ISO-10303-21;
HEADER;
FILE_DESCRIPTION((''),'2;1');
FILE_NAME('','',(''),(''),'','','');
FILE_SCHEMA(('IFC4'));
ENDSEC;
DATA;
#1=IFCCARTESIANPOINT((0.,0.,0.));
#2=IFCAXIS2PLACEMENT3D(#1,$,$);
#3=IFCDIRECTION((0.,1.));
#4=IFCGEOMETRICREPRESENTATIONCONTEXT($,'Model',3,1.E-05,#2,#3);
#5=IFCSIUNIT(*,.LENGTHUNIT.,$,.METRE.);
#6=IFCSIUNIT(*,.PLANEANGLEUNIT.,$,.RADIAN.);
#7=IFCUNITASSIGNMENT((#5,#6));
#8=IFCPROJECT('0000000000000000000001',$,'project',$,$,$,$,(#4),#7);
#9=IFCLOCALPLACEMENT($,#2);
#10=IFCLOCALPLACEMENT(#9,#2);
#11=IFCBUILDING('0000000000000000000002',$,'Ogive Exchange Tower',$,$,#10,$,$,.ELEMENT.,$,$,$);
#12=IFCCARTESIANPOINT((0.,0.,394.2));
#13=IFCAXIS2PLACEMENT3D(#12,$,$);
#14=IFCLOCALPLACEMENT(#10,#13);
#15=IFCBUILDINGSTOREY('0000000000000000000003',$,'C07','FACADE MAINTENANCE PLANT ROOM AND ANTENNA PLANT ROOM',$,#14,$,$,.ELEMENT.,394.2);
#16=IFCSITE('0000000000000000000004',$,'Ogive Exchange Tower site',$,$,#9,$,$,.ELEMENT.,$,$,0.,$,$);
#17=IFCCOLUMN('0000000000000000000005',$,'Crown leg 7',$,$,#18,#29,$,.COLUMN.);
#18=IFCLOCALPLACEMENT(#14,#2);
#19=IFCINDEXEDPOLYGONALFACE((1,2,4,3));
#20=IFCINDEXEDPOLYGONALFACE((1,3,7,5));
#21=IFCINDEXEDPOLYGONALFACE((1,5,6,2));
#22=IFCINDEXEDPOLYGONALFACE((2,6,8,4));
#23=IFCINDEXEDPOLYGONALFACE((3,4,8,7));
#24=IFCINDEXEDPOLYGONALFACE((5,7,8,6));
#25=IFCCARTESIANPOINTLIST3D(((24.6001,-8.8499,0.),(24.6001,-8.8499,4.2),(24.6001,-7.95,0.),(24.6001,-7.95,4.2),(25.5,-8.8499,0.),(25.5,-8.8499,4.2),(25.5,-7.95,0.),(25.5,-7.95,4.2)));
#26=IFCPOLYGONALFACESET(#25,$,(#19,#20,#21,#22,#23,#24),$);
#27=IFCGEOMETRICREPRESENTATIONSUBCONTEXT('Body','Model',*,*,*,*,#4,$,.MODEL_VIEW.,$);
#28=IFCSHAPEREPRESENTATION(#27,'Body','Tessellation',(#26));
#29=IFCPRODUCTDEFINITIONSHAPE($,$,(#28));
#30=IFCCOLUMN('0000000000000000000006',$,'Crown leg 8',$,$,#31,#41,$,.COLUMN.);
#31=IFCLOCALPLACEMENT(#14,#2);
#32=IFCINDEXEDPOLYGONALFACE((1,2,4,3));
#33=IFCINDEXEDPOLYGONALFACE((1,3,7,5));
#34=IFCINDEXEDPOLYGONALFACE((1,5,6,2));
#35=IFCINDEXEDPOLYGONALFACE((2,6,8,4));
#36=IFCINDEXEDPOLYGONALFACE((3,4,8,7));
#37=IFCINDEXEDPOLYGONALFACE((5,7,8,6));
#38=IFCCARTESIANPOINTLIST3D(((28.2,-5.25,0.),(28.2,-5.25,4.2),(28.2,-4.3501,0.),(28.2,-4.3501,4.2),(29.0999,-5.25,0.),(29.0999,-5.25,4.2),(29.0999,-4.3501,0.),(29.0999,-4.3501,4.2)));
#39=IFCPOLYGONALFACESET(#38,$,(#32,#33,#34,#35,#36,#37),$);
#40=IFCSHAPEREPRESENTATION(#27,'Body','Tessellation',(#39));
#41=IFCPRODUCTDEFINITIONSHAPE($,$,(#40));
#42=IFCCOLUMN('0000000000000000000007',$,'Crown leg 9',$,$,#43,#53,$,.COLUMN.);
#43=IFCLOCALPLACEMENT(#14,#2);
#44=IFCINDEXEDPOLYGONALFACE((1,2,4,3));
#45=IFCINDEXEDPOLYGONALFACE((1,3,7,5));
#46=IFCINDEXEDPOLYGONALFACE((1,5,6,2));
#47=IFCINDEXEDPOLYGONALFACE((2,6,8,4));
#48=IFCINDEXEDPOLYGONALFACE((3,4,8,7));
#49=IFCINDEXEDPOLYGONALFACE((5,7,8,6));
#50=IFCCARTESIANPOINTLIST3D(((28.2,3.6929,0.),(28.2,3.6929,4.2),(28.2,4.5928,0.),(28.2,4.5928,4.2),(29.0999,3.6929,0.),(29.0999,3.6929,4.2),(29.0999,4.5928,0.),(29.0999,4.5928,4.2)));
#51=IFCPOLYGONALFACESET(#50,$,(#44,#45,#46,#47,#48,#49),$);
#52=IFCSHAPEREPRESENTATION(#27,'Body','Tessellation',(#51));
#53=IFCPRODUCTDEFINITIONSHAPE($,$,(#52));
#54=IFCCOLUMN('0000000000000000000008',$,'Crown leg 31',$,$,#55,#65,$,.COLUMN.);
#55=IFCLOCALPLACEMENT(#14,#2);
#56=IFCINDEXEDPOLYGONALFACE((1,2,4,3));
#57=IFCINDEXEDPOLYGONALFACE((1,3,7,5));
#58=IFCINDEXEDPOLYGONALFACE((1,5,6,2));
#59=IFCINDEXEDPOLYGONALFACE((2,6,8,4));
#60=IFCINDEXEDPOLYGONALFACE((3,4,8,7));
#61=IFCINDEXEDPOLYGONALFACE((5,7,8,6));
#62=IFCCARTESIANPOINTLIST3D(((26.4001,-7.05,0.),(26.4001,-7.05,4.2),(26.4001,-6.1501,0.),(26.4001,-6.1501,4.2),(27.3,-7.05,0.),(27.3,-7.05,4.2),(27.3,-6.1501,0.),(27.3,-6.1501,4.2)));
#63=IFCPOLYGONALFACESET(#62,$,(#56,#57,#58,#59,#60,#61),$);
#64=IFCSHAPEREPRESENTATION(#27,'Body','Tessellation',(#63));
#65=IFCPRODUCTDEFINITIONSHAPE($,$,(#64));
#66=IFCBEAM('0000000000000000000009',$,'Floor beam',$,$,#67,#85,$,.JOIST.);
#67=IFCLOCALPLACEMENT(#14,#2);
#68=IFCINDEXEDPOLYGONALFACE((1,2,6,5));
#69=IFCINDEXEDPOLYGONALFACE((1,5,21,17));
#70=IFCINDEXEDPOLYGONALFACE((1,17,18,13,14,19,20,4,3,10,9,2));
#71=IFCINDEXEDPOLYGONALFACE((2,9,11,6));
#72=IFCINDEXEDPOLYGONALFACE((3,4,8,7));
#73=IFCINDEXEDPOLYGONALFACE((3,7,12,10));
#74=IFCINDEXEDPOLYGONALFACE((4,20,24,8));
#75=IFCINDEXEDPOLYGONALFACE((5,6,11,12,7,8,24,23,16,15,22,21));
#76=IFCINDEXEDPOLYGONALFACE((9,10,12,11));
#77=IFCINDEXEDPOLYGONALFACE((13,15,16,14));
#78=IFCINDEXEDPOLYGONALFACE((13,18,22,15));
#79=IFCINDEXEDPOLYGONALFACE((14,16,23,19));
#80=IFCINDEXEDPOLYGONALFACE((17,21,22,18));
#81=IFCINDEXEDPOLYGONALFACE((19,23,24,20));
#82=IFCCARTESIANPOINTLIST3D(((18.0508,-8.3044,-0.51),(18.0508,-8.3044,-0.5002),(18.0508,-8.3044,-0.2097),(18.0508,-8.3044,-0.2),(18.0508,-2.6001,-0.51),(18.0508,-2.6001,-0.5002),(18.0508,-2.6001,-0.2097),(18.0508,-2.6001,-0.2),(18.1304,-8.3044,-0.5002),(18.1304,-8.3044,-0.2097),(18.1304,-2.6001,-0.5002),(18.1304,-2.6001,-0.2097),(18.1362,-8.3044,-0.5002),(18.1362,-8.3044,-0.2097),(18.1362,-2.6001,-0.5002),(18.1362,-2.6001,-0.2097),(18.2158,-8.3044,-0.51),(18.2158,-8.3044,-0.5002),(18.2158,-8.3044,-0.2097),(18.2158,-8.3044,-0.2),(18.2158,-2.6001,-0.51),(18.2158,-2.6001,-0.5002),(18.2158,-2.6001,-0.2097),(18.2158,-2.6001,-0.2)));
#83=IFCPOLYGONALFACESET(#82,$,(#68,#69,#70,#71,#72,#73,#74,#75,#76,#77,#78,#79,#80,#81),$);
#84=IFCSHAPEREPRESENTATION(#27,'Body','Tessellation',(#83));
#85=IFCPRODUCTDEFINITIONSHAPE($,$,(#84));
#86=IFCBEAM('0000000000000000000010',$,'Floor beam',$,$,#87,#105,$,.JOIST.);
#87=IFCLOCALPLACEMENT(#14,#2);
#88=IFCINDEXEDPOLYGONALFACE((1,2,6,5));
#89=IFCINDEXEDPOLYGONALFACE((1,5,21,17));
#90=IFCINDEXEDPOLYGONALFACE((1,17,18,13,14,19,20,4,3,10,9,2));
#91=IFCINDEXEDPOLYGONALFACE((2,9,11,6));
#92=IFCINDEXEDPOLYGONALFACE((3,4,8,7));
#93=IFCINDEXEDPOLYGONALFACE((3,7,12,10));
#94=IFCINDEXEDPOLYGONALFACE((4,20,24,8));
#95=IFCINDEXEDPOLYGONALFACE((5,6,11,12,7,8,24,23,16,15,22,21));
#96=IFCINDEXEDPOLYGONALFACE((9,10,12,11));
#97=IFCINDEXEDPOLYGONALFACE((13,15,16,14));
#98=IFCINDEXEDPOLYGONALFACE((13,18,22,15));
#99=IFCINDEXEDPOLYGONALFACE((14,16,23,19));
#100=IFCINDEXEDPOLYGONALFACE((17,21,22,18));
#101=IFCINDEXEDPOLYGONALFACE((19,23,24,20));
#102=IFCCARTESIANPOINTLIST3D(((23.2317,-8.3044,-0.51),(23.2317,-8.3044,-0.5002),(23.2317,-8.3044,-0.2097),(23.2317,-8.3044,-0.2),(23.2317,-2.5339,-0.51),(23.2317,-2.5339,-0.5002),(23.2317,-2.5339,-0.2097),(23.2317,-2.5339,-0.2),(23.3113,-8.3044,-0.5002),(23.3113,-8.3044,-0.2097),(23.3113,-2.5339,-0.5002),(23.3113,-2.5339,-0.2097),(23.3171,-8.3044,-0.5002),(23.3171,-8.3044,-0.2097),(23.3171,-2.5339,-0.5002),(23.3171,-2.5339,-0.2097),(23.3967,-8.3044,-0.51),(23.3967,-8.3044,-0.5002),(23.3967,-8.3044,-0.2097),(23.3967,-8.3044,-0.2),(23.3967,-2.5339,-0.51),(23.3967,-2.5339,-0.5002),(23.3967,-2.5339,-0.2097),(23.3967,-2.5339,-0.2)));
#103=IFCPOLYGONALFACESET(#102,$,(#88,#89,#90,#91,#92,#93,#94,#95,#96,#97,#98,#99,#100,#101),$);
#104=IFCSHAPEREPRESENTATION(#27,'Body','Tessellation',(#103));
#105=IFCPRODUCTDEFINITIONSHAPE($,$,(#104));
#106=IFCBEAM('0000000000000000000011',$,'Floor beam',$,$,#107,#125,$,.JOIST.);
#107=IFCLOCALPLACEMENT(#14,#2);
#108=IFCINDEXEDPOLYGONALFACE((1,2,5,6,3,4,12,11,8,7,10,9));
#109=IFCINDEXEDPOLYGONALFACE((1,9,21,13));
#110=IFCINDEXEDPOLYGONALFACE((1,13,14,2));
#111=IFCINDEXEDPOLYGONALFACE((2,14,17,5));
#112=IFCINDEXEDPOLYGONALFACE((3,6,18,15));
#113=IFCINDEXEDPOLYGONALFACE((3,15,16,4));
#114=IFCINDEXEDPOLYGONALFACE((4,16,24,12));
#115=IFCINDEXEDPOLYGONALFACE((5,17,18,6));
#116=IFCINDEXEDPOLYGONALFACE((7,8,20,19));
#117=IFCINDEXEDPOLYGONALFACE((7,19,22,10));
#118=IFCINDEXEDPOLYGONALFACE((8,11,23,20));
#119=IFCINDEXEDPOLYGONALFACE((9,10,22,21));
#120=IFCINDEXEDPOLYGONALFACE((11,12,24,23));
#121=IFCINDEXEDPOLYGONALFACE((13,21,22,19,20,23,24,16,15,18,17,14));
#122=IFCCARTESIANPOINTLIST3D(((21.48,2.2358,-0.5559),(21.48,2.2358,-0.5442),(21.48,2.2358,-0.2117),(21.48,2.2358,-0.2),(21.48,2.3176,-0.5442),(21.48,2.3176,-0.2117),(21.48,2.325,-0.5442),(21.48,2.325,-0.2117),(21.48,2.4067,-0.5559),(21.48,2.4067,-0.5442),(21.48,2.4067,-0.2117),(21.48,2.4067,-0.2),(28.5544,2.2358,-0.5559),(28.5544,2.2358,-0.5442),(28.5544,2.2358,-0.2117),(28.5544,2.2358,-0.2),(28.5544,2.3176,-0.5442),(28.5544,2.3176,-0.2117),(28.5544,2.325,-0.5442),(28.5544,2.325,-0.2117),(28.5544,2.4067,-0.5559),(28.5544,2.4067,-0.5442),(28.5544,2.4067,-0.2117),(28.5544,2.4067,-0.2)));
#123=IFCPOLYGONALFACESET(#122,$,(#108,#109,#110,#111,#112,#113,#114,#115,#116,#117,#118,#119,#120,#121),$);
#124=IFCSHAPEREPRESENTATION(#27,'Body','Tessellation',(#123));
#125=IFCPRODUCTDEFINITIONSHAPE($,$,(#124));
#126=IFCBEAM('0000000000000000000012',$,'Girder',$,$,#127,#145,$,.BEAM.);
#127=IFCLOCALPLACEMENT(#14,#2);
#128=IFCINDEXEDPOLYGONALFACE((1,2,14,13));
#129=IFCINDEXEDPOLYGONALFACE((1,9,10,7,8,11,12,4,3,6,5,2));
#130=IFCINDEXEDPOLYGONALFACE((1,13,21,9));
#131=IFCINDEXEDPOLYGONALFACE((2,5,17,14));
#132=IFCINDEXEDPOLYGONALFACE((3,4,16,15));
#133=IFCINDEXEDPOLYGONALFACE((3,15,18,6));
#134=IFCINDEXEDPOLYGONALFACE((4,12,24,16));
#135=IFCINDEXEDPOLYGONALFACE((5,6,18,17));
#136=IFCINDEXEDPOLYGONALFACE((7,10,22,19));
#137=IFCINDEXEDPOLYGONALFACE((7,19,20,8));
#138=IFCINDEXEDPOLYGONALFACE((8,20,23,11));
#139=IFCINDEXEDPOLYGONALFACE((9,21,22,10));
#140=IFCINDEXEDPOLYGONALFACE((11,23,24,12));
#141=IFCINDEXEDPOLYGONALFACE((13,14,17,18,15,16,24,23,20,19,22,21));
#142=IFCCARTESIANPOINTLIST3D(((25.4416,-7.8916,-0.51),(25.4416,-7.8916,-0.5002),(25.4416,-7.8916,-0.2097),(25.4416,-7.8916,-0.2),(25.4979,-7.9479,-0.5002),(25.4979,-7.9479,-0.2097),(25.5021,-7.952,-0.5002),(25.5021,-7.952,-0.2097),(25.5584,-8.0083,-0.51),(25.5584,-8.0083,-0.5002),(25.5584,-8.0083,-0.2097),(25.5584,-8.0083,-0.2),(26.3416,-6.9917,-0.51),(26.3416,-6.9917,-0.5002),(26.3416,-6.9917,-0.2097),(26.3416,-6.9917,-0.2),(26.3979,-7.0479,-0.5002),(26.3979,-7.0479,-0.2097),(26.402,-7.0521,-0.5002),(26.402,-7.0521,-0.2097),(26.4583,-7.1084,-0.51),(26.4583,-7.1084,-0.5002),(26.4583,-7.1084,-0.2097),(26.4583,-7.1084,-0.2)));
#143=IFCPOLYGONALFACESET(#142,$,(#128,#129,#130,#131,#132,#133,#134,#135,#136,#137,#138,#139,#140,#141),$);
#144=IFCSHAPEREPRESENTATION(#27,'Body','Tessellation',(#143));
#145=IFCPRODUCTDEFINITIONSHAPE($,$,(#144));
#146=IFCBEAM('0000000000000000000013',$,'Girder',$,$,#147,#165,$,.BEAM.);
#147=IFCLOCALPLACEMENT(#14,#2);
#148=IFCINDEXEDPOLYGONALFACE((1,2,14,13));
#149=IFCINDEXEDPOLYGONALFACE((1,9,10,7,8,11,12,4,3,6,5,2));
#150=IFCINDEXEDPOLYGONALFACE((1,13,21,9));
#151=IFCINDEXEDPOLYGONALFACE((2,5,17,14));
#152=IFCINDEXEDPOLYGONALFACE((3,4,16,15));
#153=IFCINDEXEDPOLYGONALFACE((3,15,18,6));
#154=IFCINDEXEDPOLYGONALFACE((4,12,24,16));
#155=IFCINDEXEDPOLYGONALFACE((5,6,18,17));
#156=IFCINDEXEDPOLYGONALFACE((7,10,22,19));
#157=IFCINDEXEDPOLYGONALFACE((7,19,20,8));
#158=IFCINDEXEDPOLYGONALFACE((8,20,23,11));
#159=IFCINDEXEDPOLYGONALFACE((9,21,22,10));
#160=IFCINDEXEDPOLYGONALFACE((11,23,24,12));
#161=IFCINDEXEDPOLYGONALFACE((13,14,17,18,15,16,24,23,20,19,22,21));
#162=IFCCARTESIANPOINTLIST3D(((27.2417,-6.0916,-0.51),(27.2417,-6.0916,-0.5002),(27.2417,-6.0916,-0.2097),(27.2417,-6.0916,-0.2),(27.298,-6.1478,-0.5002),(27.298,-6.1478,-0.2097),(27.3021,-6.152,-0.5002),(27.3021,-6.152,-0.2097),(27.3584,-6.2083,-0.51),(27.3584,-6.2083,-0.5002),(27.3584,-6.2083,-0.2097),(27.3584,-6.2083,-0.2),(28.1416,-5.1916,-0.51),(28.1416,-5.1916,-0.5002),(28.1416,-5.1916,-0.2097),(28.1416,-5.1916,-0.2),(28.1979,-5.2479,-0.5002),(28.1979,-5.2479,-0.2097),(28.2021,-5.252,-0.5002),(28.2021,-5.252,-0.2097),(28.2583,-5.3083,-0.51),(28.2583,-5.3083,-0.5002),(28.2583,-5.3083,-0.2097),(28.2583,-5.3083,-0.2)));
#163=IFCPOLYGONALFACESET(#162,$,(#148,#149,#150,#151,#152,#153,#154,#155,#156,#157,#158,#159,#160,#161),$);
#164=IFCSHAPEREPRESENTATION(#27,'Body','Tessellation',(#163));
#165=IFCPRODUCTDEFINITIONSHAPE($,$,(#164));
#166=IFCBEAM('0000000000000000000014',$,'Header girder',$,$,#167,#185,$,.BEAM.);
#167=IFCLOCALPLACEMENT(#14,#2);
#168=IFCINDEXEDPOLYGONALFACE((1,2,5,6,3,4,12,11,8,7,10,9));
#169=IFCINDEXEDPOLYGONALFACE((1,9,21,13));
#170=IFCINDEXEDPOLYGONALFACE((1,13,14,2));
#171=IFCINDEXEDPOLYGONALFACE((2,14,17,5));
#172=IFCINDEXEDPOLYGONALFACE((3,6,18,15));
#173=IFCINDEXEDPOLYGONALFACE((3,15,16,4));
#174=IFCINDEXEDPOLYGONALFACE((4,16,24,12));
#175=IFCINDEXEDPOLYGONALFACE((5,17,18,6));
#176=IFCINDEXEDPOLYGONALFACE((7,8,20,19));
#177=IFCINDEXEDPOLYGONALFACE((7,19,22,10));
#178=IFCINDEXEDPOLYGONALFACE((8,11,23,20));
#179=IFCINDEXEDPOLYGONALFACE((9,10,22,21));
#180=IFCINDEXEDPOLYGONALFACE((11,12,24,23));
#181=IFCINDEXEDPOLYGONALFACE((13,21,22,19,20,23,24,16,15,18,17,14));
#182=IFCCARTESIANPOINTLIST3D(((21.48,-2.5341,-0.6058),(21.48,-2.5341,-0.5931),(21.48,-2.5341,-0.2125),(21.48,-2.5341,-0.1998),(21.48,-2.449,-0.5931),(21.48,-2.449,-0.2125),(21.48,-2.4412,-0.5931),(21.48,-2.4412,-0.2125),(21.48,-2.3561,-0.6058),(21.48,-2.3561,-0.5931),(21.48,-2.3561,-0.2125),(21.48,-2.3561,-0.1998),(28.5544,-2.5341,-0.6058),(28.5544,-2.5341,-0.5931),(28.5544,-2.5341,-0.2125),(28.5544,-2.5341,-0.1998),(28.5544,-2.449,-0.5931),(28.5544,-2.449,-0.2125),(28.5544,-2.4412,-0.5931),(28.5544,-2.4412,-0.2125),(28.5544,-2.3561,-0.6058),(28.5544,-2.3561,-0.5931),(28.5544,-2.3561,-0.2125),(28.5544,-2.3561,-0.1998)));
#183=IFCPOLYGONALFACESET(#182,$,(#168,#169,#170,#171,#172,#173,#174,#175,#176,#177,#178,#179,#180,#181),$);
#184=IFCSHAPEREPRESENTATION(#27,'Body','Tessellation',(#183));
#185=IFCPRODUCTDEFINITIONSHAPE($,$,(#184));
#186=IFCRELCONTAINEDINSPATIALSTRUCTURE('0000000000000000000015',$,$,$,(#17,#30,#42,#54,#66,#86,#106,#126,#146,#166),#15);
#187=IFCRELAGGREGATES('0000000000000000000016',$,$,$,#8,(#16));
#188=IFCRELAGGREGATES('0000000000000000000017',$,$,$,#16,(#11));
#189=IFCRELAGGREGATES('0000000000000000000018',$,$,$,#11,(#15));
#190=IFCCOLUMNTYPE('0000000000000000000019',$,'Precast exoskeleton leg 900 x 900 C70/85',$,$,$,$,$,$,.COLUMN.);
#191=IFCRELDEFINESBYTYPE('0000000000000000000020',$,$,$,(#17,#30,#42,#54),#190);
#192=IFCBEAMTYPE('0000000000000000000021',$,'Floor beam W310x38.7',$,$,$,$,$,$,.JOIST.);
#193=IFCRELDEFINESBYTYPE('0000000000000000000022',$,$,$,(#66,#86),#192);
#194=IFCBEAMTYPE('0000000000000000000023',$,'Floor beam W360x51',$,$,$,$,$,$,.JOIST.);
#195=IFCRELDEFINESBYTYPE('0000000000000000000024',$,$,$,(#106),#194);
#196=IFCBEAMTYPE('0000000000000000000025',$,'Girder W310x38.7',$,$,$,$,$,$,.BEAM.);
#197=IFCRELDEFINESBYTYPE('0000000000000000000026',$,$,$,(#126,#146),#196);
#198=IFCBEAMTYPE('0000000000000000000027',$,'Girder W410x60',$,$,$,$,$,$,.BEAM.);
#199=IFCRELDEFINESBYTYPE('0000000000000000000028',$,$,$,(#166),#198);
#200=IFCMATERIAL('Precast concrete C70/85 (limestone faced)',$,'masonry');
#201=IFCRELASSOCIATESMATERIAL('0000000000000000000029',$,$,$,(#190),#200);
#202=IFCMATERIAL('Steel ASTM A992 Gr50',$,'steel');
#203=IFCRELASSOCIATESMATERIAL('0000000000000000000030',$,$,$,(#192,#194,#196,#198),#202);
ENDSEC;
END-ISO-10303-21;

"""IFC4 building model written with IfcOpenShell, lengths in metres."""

from ifc_helpers import new_model, si_unit, direction, frame, origin, origin_2d, place, context, subcontext, project, spatial, rectangle, i_section, extrude, material, material_profile, profile_set, type_object, element, save


model = new_model("IFC4")

# Units and contexts
model_context = context("Model", 3, precision=1e-05, world=origin(), true_north=direction((0.0, 1.0)))
body_context = subcontext(model_context, "Body", "Model", "MODEL_VIEW")
ifc_project = project(units=[si_unit("LENGTHUNIT", "METRE"), si_unit("PLANEANGLEUNIT", "RADIAN")], contexts=[model_context])

# Site, building, storey
site_placement = place(None, origin())
site = spatial("IfcSite", under=ifc_project, at=site_placement, Name="Ogive Exchange Tower site", CompositionType="ELEMENT", RefElevation=0.0)
building_placement = place(site_placement, origin())
building = spatial("IfcBuilding", under=site, at=building_placement, Name="Ogive Exchange Tower", CompositionType="ELEMENT")
storey_placement = place(building_placement, frame((0.0, 0.0, 394.2)))
storey = spatial("IfcBuildingStorey", under=building, at=storey_placement, Name="C07", Description="FACADE MAINTENANCE PLANT ROOM AND ANTENNA PLANT ROOM", CompositionType="ELEMENT", Elevation=394.2)

# Columns
ifc_material_1 = material(Name="Precast concrete C70/85 (limestone faced)", Category="masonry")
ifc_material_profile_1 = material_profile(ifc_material_1, rectangle(XDim=0.8999, YDim=0.8999, at=origin_2d()), Name="900 x 900")
ifc_profile_set_1 = profile_set([ifc_material_profile_1], Name="Precast concrete C70/85 (limestone faced)")
column_type = type_object("IfcColumnType", Name="Precast exoskeleton leg 900 x 900 C70/85", PredefinedType="COLUMN", material=ifc_profile_set_1)
for number, where, z_axis, x_axis, name in (
    (1, (25.05, -8.3999, 0.0), (0.0, 0.0, 1.0), (1.0, 0.0, 0.0), "Crown leg 7"),
    (2, (28.6499, -4.8, 0.0), (0.0, 0.0, 1.0), (1.0, 0.0, 0.0), "Crown leg 8"),
    (3, (28.6499, 4.1428, 0.0), (0.0, 0.0, 1.0), (1.0, 0.0, 0.0), "Crown leg 9"),
    (4, (26.8501, -6.6001, 0.0), (0.0, 0.0, 1.0), (1.0, 0.0, 0.0), "Crown leg 31"),
):
    element("IfcColumn", number, at=place(storey_placement, frame(where, z_axis=z_axis, x_axis=x_axis)), inside=storey, type_object=column_type, Name=name, PredefinedType="COLUMN", context=body_context, shape_type="SweptSolid", body=[
        extrude(rectangle(XDim=0.8999, YDim=0.8999, at=origin_2d()), origin(), (0.0, 0.0, 1.0), 4.2),
    ])

# Beams
ifc_material_2 = material(Name="Steel ASTM A992 Gr50", Category="steel")
ifc_material_profile_2 = material_profile(ifc_material_2, i_section(OverallWidth=0.165, OverallDepth=0.3101, WebThickness=0.0059, FlangeThickness=0.0098, at=origin_2d()), Name="W310x38.7")
ifc_profile_set_2 = profile_set([ifc_material_profile_2], Name="Steel ASTM A992 Gr50")
beam_type_1 = type_object("IfcBeamType", Name="Floor beam W310x38.7", PredefinedType="JOIST", material=ifc_profile_set_2)
beam_1_placement = place(storey_placement, frame((18.1333, -8.3044, -0.355), z_axis=(0.0, 1.0, 0.0), x_axis=(-1.0, 0.0, 0.0)))
element("IfcBeam", 5, at=beam_1_placement, inside=storey, type_object=beam_type_1, Name="Floor beam", PredefinedType="JOIST", context=body_context, shape_type="SweptSolid", body=[
    extrude(i_section(OverallWidth=0.165, OverallDepth=0.3101, WebThickness=0.0059, FlangeThickness=0.0098, at=origin_2d()), origin(), (0.0, 0.0, 1.0), 5.7043),
])
beam_2_placement = place(storey_placement, frame((23.3142, -8.3044, -0.355), z_axis=(0.0, 1.0, 0.0), x_axis=(-1.0, 0.0, 0.0)))
element("IfcBeam", 6, at=beam_2_placement, inside=storey, type_object=beam_type_1, Name="Floor beam", PredefinedType="JOIST", context=body_context, shape_type="SweptSolid", body=[
    extrude(i_section(OverallWidth=0.165, OverallDepth=0.3101, WebThickness=0.0059, FlangeThickness=0.0098, at=origin_2d()), origin(), (0.0, 0.0, 1.0), 5.7705),
])
ifc_material_profile_3 = material_profile(ifc_material_2, i_section(OverallWidth=0.1709, OverallDepth=0.356, WebThickness=0.0073, FlangeThickness=0.0117, at=origin_2d()), Name="W360x51")
ifc_profile_set_3 = profile_set([ifc_material_profile_3], Name="Steel ASTM A992 Gr50")
beam_type_2 = type_object("IfcBeamType", Name="Floor beam W360x51", PredefinedType="JOIST", material=ifc_profile_set_3)
beam_3_placement = place(storey_placement, frame((21.48, 2.3213, -0.3779), z_axis=(1.0, 0.0, 0.0), x_axis=(0.0, 1.0, 0.0)))
element("IfcBeam", 7, at=beam_3_placement, inside=storey, type_object=beam_type_2, Name="Floor beam", PredefinedType="JOIST", context=body_context, shape_type="SweptSolid", body=[
    extrude(i_section(OverallWidth=0.1709, OverallDepth=0.356, WebThickness=0.0073, FlangeThickness=0.0117, at=origin_2d()), origin(), (0.0, 0.0, 1.0), 7.0745),
])
ifc_material_profile_4 = material_profile(ifc_material_2, i_section(OverallWidth=0.165, OverallDepth=0.3101, WebThickness=0.0059, FlangeThickness=0.0098, at=origin_2d()), Name="W310x38.7")
ifc_profile_set_4 = profile_set([ifc_material_profile_4], Name="Steel ASTM A992 Gr50")
beam_type_3 = type_object("IfcBeamType", Name="Girder W310x38.7", PredefinedType="BEAM", material=ifc_profile_set_4)
for number, where, z_axis, x_axis, name in (
    (8, (25.5, -7.95, -0.355), (0.707107, 0.707107, 0.0), (-0.707107, 0.707107, 0.0), "Girder"),
    (9, (27.3, -6.1499, -0.355), (0.707107, 0.707107, 0.0), (-0.707107, 0.707107, 0.0), "Girder"),
):
    element("IfcBeam", number, at=place(storey_placement, frame(where, z_axis=z_axis, x_axis=x_axis)), inside=storey, type_object=beam_type_3, Name=name, PredefinedType="BEAM", context=body_context, shape_type="SweptSolid", body=[
        extrude(i_section(OverallWidth=0.165, OverallDepth=0.3101, WebThickness=0.0059, FlangeThickness=0.0098, at=origin_2d()), origin(), (0.0, 0.0, 1.0), 1.2727),
    ])
ifc_material_profile_5 = material_profile(ifc_material_2, i_section(OverallWidth=0.178, OverallDepth=0.406, WebThickness=0.0078, FlangeThickness=0.0127, at=origin_2d()), Name="W410x60")
ifc_profile_set_5 = profile_set([ifc_material_profile_5], Name="Steel ASTM A992 Gr50")
beam_type_4 = type_object("IfcBeamType", Name="Girder W410x60", PredefinedType="BEAM", material=ifc_profile_set_5)
beam_4_placement = place(storey_placement, frame((21.48, -2.4451, -0.4028), z_axis=(1.0, 0.0, 0.0), x_axis=(0.0, 1.0, 0.0)))
element("IfcBeam", 10, at=beam_4_placement, inside=storey, type_object=beam_type_4, Name="Header girder", PredefinedType="BEAM", context=body_context, shape_type="SweptSolid", body=[
    extrude(i_section(OverallWidth=0.178, OverallDepth=0.406, WebThickness=0.0078, FlangeThickness=0.0127, at=origin_2d()), origin(), (0.0, 0.0, 1.0), 7.0745),
])

save(model, "model.ifc")
